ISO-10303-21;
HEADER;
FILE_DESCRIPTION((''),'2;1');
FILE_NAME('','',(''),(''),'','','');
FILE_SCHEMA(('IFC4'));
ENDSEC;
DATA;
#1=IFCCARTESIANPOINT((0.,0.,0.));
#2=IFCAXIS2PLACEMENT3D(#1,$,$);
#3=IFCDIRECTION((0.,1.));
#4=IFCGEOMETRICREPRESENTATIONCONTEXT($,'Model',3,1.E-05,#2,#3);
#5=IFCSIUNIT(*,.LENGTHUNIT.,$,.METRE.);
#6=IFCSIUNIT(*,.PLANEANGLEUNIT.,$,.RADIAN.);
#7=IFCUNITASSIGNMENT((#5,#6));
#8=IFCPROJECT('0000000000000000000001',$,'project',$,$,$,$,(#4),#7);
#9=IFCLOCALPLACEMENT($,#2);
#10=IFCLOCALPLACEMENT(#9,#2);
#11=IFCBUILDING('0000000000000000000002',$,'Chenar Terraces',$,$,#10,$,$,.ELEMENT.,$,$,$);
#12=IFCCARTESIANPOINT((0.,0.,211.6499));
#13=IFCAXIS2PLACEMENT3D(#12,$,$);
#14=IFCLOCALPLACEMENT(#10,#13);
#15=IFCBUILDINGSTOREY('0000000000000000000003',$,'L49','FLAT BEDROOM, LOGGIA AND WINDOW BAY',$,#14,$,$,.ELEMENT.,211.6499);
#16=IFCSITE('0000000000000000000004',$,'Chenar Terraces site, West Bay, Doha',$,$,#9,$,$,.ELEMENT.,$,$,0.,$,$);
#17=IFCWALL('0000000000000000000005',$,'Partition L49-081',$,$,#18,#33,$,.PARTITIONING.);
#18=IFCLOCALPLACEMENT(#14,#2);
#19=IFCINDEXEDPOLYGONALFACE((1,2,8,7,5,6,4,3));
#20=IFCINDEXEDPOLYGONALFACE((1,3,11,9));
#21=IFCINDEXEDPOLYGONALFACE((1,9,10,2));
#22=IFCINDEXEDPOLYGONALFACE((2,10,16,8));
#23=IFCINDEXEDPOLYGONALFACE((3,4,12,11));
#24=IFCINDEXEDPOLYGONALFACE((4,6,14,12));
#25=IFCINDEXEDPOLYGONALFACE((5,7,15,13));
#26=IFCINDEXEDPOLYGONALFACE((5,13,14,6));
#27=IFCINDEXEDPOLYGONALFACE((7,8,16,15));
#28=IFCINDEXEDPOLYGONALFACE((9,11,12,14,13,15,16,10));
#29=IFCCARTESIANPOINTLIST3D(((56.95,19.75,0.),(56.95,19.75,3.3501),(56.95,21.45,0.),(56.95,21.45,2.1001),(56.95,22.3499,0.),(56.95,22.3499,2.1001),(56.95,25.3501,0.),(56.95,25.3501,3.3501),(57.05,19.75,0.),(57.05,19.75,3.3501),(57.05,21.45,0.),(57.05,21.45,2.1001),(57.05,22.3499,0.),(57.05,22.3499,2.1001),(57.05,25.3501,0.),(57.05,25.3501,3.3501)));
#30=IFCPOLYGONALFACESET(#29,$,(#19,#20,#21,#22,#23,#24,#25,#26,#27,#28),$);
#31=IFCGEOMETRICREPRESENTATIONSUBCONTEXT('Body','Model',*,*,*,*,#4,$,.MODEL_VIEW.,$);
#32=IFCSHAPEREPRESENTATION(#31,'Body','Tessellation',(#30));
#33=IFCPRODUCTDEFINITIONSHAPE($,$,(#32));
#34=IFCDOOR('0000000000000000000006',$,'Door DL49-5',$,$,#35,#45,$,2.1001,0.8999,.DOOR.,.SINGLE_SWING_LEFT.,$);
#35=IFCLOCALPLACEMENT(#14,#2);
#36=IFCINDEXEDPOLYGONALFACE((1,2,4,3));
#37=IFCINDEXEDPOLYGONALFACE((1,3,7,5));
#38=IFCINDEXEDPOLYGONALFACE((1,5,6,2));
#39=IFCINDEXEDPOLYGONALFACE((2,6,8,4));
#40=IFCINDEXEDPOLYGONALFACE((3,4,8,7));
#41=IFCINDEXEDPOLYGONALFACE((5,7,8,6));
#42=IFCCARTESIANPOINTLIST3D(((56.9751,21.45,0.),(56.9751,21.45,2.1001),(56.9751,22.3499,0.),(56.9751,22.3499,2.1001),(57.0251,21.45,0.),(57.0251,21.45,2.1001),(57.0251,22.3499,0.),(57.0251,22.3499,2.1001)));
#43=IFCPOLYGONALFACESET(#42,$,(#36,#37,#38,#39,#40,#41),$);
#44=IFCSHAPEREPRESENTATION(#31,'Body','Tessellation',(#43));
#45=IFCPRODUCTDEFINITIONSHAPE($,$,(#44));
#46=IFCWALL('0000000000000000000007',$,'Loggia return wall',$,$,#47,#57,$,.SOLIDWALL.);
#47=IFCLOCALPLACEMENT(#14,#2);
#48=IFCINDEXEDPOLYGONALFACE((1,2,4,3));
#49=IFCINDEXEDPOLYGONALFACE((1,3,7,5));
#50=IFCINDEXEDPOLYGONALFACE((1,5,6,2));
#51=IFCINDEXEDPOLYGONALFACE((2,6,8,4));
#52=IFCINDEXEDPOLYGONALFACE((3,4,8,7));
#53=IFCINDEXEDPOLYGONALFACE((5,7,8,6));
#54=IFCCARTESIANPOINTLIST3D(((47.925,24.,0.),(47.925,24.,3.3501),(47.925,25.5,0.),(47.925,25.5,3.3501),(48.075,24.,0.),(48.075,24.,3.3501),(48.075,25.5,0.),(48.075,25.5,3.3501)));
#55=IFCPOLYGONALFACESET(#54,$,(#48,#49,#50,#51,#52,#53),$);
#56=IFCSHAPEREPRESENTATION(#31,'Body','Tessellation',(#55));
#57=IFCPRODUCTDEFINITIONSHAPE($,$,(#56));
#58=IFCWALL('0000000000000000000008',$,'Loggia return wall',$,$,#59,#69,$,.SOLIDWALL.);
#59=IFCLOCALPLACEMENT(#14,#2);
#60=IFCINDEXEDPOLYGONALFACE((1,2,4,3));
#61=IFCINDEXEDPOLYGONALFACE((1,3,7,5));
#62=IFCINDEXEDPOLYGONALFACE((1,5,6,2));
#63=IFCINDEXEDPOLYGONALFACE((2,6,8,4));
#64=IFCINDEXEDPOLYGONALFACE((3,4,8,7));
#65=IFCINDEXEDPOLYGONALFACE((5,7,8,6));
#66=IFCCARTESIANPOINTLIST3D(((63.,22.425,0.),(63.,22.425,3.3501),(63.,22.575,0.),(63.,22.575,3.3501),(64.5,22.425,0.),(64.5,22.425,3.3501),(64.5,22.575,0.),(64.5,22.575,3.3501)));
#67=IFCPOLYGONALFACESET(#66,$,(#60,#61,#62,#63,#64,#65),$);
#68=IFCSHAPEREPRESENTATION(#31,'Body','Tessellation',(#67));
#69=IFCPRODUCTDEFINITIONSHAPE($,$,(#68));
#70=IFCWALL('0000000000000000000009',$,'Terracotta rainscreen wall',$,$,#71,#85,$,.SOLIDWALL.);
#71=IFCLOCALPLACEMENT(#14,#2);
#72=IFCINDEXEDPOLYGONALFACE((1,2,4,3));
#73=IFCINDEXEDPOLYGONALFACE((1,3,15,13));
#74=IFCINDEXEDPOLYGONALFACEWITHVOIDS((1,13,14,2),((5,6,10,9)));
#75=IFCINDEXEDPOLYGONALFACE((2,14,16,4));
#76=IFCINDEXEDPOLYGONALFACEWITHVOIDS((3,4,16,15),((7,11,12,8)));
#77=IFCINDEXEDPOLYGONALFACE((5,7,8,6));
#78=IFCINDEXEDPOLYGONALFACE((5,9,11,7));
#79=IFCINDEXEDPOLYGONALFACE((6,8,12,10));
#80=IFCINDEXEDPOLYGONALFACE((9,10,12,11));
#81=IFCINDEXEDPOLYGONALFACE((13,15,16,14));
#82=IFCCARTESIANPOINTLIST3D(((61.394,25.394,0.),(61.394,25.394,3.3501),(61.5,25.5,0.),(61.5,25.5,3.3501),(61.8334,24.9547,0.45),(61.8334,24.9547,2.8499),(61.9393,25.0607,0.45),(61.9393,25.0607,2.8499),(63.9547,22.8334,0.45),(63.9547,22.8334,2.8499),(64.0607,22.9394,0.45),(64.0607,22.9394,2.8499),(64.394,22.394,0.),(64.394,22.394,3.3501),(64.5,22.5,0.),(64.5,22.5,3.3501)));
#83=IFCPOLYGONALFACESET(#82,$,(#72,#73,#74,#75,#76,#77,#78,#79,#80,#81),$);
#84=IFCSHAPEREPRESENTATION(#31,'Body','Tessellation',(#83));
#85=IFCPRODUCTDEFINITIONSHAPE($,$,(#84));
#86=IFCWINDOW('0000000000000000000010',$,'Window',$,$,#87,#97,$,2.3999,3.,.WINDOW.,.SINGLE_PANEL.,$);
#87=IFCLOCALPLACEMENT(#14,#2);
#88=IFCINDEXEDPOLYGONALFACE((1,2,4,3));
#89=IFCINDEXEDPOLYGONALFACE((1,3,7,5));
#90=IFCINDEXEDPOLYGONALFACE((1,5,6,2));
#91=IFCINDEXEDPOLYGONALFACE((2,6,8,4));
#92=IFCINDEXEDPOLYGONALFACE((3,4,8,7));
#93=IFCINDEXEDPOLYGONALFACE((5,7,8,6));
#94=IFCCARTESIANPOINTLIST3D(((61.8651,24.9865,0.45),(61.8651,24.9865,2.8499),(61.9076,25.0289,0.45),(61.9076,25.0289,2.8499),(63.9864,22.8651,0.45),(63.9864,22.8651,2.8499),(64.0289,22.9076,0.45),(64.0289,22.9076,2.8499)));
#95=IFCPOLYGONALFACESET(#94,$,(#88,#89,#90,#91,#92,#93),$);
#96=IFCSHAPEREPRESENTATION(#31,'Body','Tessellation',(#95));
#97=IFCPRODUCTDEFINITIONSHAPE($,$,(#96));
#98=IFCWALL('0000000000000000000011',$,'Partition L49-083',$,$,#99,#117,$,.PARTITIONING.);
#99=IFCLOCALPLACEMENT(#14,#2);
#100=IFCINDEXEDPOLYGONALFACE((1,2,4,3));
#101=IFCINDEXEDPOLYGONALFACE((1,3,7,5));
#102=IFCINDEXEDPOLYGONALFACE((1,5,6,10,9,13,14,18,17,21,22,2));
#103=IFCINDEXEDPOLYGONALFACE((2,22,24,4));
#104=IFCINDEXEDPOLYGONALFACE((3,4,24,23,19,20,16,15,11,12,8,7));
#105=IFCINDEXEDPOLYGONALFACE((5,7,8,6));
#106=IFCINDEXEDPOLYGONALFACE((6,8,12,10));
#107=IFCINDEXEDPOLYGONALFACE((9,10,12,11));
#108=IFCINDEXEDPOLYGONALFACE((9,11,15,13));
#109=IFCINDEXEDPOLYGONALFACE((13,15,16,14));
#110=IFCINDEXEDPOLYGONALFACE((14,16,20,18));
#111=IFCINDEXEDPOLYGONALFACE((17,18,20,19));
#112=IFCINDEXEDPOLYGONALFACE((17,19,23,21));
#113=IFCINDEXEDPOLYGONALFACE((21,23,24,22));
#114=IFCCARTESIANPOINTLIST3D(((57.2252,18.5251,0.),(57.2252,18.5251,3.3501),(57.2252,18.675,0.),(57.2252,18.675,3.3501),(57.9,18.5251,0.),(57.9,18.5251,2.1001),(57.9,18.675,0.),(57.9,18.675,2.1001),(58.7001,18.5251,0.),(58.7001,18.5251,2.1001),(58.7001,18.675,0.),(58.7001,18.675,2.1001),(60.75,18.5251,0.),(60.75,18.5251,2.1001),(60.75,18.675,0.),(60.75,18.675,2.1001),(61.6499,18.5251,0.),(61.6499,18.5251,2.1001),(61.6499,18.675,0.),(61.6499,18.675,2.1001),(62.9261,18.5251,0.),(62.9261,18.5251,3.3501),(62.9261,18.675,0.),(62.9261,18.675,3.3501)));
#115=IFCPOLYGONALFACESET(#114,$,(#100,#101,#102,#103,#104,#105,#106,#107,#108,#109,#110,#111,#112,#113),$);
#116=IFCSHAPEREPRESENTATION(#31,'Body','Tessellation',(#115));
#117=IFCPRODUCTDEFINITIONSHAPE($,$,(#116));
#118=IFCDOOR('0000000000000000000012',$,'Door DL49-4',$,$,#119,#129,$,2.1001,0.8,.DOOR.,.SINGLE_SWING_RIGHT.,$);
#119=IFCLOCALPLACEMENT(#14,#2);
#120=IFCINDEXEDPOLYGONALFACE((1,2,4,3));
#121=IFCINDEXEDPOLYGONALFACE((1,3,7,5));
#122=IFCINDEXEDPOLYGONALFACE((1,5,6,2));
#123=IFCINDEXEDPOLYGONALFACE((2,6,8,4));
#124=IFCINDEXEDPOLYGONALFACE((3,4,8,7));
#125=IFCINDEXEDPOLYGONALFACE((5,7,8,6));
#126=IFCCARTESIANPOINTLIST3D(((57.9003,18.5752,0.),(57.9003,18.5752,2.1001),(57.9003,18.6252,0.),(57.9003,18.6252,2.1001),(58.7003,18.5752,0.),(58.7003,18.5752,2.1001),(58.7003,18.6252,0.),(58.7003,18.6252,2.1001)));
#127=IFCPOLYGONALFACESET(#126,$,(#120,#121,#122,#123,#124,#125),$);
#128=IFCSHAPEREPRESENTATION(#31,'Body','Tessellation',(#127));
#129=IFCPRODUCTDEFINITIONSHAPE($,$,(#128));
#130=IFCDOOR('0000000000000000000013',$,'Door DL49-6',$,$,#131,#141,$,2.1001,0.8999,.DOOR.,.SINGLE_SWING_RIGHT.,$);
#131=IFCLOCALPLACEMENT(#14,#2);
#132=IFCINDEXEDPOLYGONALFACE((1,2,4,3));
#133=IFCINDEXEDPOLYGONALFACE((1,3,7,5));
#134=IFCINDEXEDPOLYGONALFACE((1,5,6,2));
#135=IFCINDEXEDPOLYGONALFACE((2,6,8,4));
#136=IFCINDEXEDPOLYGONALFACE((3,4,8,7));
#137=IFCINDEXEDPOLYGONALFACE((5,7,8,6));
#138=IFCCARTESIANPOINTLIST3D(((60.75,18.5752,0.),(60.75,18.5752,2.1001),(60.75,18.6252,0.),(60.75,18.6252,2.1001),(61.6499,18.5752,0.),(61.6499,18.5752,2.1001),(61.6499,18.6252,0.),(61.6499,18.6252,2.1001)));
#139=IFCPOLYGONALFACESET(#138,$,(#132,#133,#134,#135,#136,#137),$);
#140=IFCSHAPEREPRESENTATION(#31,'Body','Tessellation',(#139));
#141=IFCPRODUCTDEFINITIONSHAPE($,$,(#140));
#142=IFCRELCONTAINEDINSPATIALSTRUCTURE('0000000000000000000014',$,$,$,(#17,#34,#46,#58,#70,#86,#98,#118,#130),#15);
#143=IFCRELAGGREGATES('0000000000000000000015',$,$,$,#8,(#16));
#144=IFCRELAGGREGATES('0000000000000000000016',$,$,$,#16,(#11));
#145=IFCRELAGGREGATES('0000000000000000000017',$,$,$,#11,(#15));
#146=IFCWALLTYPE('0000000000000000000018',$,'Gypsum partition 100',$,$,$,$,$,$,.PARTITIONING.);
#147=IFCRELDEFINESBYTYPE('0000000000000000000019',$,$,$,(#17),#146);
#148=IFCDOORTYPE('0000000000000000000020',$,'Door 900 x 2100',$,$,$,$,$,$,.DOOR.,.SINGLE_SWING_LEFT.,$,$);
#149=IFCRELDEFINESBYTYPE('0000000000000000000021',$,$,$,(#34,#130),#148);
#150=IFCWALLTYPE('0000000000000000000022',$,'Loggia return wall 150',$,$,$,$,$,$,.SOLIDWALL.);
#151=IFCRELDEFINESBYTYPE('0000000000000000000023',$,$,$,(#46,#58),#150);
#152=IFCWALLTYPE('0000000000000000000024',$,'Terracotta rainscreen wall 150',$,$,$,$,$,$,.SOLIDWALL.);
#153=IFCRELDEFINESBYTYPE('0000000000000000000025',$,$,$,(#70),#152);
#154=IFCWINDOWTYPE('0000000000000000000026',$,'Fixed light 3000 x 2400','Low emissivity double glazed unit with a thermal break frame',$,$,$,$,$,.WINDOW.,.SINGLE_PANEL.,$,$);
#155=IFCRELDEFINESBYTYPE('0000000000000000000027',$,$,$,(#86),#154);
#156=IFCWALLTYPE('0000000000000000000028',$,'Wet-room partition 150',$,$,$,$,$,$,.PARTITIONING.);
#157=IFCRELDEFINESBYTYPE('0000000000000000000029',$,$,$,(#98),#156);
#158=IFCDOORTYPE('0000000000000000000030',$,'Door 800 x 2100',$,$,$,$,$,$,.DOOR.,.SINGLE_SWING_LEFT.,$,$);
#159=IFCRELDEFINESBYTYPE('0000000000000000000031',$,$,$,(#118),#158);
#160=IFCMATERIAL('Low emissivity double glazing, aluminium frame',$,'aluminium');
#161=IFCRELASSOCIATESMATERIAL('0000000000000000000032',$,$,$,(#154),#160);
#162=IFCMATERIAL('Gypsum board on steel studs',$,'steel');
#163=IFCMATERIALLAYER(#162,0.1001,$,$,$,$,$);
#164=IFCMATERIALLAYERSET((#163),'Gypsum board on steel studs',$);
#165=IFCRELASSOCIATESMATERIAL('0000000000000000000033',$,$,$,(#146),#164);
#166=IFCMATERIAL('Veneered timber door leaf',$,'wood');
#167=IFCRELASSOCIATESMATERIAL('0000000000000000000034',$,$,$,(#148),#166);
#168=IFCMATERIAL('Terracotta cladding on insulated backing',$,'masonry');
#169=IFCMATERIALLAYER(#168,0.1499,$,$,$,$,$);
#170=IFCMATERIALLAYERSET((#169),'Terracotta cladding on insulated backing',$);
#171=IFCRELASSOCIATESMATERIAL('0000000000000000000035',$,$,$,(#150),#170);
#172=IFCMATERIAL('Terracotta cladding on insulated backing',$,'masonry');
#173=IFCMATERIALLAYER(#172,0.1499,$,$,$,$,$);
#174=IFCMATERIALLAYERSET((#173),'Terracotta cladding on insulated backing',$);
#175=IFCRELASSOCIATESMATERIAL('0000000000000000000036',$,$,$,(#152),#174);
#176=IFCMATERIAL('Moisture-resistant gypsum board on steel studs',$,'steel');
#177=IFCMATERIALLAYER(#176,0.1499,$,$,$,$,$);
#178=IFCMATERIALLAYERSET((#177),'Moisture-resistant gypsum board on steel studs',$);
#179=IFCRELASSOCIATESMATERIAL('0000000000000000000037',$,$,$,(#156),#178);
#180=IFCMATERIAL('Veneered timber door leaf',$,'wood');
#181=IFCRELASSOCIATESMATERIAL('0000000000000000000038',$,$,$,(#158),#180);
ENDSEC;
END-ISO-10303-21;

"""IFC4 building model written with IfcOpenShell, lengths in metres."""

from ifc_helpers import new_model, si_unit, direction, frame, frame_2d, origin, place, context, subcontext, project, spatial, rectangle, extrude, material, layer, layer_set, type_object, element, fill, save


model = new_model("IFC4")

# Units and contexts
model_context = context("Model", 3, precision=1e-05, world=origin(), true_north=direction((0.0, 1.0)))
body_context = subcontext(model_context, "Body", "Model", "MODEL_VIEW")
ifc_project = project(units=[si_unit("LENGTHUNIT", "METRE"), si_unit("PLANEANGLEUNIT", "RADIAN")], contexts=[model_context])

# Site, building, storey
site_placement = place(None, origin())
site = spatial("IfcSite", under=ifc_project, at=site_placement, Name="Chenar Terraces site, West Bay, Doha", CompositionType="ELEMENT", RefElevation=0.0)
building_placement = place(site_placement, origin())
building = spatial("IfcBuilding", under=site, at=building_placement, Name="Chenar Terraces", CompositionType="ELEMENT")
storey_placement = place(building_placement, frame((0.0, 0.0, 211.6499)))
storey = spatial("IfcBuildingStorey", under=building, at=storey_placement, Name="L49", Description="FLAT BEDROOM, LOGGIA AND WINDOW BAY", CompositionType="ELEMENT", Elevation=211.6499)

# Shared definitions
ifc_material_1 = material(Name="Low emissivity double glazing, aluminium frame", Category="aluminium")
window_type_1 = type_object("IfcWindowType", Name="Fixed light 3000 x 2400", Description="Low emissivity double glazed unit with a thermal break frame", PartitioningType="SINGLE_PANEL", PredefinedType="WINDOW", material=ifc_material_1)

# Shared definitions
ifc_material_2 = material(Name="Gypsum board on steel studs", Category="steel")
ifc_layer_1 = layer(ifc_material_2, 0.1001)
ifc_layer_set_1 = layer_set([ifc_layer_1], Name="Gypsum board on steel studs")
wall_type_1 = type_object("IfcWallType", Name="Gypsum partition 100", PredefinedType="PARTITIONING", material=ifc_layer_set_1)

# Wall, opening, door
wall_1_placement = place(storey_placement, frame((57.0, 19.75, 0.0), z_axis=(0.0, 0.0, 1.0), x_axis=(0.0, 1.0, 0.0)))
wall_1 = element("IfcWall", 1, at=wall_1_placement, inside=storey, type_object=wall_type_1, Name="Partition L49-081", PredefinedType="PARTITIONING", context=body_context, shape_type="SweptSolid", body=[
    extrude(rectangle(XDim=5.6001, YDim=0.1001, at=frame_2d((2.8, 0.0))), origin(), (0.0, 0.0, 1.0), 3.3501),
])
opening_1_placement = place(wall_1_placement, frame((1.7, 0.0, 0.0)))
opening_1 = element("IfcOpeningElement", 2, at=opening_1_placement, cuts=wall_1, PredefinedType="OPENING", context=body_context, shape_type="SweptSolid", body=[
    extrude(rectangle(XDim=0.8999, YDim=2.1001, at=frame_2d((0.45, 1.05))), frame((0.0, 0.0601, 0.0), z_axis=(0.0, -1.0, 0.0), x_axis=(1.0, 0.0, 0.0)), (0.0, 0.0, 1.0), 0.1201),
])
ifc_material_3 = material(Name="Veneered timber door leaf", Category="wood")
door_type_1 = type_object("IfcDoorType", Name="Door 900 x 2100", OperationType="SINGLE_SWING_LEFT", PredefinedType="DOOR", material=ifc_material_3)
door_1_placement = place(opening_1_placement, origin())
door_1 = element("IfcDoor", 3, at=door_1_placement, inside=storey, type_object=door_type_1, Name="Door DL49-5", OperationType="SINGLE_SWING_LEFT", OverallHeight=2.1001, OverallWidth=0.8999, PredefinedType="DOOR", context=body_context, shape_type="SweptSolid", body=[
    extrude(rectangle(XDim=0.8999, YDim=2.1001, at=frame_2d((0.45, 1.05))), frame((0.0, 0.0249, 0.0), z_axis=(0.0, -1.0, 0.0), x_axis=(1.0, 0.0, 0.0)), (0.0, 0.0, 1.0), 0.05),
])
fill(opening_1, door_1)

# Walls
ifc_material_4 = material(Name="Terracotta cladding on insulated backing", Category="masonry")
ifc_layer_2 = layer(ifc_material_4, 0.1499)
ifc_layer_set_2 = layer_set([ifc_layer_2], Name="Terracotta cladding on insulated backing")
wall_type_2 = type_object("IfcWallType", Name="Loggia return wall 150", PredefinedType="SOLIDWALL", material=ifc_layer_set_2)
for number, where, z_axis, x_axis, name in (
    (4, (48.0, 25.5, 0.0), (0.0, 0.0, 1.0), (0.0, -1.0, 0.0), "Loggia return wall"),
    (5, (64.5, 22.5, 0.0), (0.0, 0.0, 1.0), (-1.0, 0.0, 0.0), "Loggia return wall"),
):
    element("IfcWall", number, at=place(storey_placement, frame(where, z_axis=z_axis, x_axis=x_axis)), inside=storey, type_object=wall_type_2, Name=name, PredefinedType="SOLIDWALL", context=body_context, shape_type="SweptSolid", body=[
        extrude(rectangle(XDim=1.5, YDim=0.1499, at=frame_2d((0.75, 0.0))), origin(), (0.0, 0.0, 1.0), 3.3501),
    ])

# Wall, opening, window
ifc_material_5 = material(Name="Terracotta cladding on insulated backing", Category="masonry")
ifc_layer_3 = layer(ifc_material_5, 0.1499)
ifc_layer_set_3 = layer_set([ifc_layer_3], Name="Terracotta cladding on insulated backing")
wall_type_3 = type_object("IfcWallType", Name="Terracotta rainscreen wall 150", PredefinedType="SOLIDWALL", material=ifc_layer_set_3)
wall_2_placement = place(storey_placement, frame((64.447, 22.447, 0.0), z_axis=(0.0, 0.0, 1.0), x_axis=(-0.707107, 0.707107, 0.0)))
wall_2 = element("IfcWall", 6, at=wall_2_placement, inside=storey, type_object=wall_type_3, Name="Terracotta rainscreen wall", PredefinedType="SOLIDWALL", context=body_context, shape_type="SweptSolid", body=[
    extrude(rectangle(XDim=4.2427, YDim=0.1499, at=frame_2d((2.1213, 0.0))), origin(), (0.0, 0.0, 1.0), 3.3501),
])
opening_2_placement = place(wall_2_placement, frame((0.6213, 0.0, 0.45)))
opening_2 = element("IfcOpeningElement", 7, at=opening_2_placement, cuts=wall_2, PredefinedType="OPENING", context=body_context, shape_type="SweptSolid", body=[
    extrude(rectangle(XDim=3.0, YDim=2.3999, at=frame_2d((1.5, 1.2))), frame((0.0, 0.085, 0.0), z_axis=(0.0, -1.0, 0.0), x_axis=(1.0, 0.0, 0.0)), (0.0, 0.0, 1.0), 0.1699),
])
window_1_placement = place(opening_2_placement, origin())
window_1 = element("IfcWindow", 8, at=window_1_placement, inside=storey, type_object=window_type_1, Name="Window", OverallHeight=2.3999, OverallWidth=3.0, PartitioningType="SINGLE_PANEL", PredefinedType="WINDOW", context=body_context, shape_type="SweptSolid", body=[
    extrude(rectangle(XDim=3.0, YDim=2.3999, at=frame_2d((1.5, 1.2))), frame((0.0, 0.03, 0.0), z_axis=(0.0, -1.0, 0.0), x_axis=(1.0, 0.0, 0.0)), (0.0, 0.0, 1.0), 0.0601),
])
fill(opening_2, window_1)

# Wall, openings, doors
ifc_material_6 = material(Name="Moisture-resistant gypsum board on steel studs", Category="steel")
ifc_layer_4 = layer(ifc_material_6, 0.1499)
ifc_layer_set_4 = layer_set([ifc_layer_4], Name="Moisture-resistant gypsum board on steel studs")
wall_type_4 = type_object("IfcWallType", Name="Wet-room partition 150", PredefinedType="PARTITIONING", material=ifc_layer_set_4)
wall_3_placement = place(storey_placement, frame((57.2251, 18.6001, 0.0), z_axis=(0.0, 0.0, 1.0), x_axis=(1.0, 0.0, 0.0)))
wall_3 = element("IfcWall", 9, at=wall_3_placement, inside=storey, type_object=wall_type_4, Name="Partition L49-083", PredefinedType="PARTITIONING", context=body_context, shape_type="SweptSolid", body=[
    extrude(rectangle(XDim=5.7009, YDim=0.1499, at=frame_2d((2.8506, 0.0))), origin(), (0.0, 0.0, 1.0), 3.3501),
])
opening_3_placement = place(wall_3_placement, frame((0.675, 0.0, 0.0)))
opening_3 = element("IfcOpeningElement", 10, at=opening_3_placement, cuts=wall_3, PredefinedType="OPENING", context=body_context, shape_type="SweptSolid", body=[
    extrude(rectangle(XDim=0.8, YDim=2.1001, at=frame_2d((0.3999, 1.05))), frame((0.0, 0.085, 0.0), z_axis=(0.0, -1.0, 0.0), x_axis=(1.0, 0.0, 0.0)), (0.0, 0.0, 1.0), 0.1699),
])
opening_4_placement = place(wall_3_placement, frame((3.5249, 0.0, 0.0)))
opening_4 = element("IfcOpeningElement", 11, at=opening_4_placement, cuts=wall_3, PredefinedType="OPENING", context=body_context, shape_type="SweptSolid", body=[
    extrude(rectangle(XDim=0.8999, YDim=2.1001, at=frame_2d((0.45, 1.05))), frame((0.0, 0.085, 0.0), z_axis=(0.0, -1.0, 0.0), x_axis=(1.0, 0.0, 0.0)), (0.0, 0.0, 1.0), 0.1699),
])
ifc_material_7 = material(Name="Veneered timber door leaf", Category="wood")
door_type_2 = type_object("IfcDoorType", Name="Door 800 x 2100", OperationType="SINGLE_SWING_LEFT", PredefinedType="DOOR", material=ifc_material_7)
door_2_placement = place(opening_3_placement, frame((0.8, 0.0, 0.0), z_axis=(0.0, 0.0, 1.0), x_axis=(-1.0, 0.0, 0.0)))
door_2 = element("IfcDoor", 12, at=door_2_placement, inside=storey, type_object=door_type_2, Name="Door DL49-4", OperationType="SINGLE_SWING_RIGHT", OverallHeight=2.1001, OverallWidth=0.8, PredefinedType="DOOR", context=body_context, shape_type="SweptSolid", body=[
    extrude(rectangle(XDim=0.8, YDim=2.1001, at=frame_2d((0.3999, 1.05))), frame((0.0, 0.0249, 0.0), z_axis=(0.0, -1.0, 0.0), x_axis=(1.0, 0.0, 0.0)), (0.0, 0.0, 1.0), 0.05),
])
fill(opening_3, door_2)
door_3_placement = place(opening_4_placement, frame((0.8999, 0.0, 0.0), z_axis=(0.0, 0.0, 1.0), x_axis=(-1.0, 0.0, 0.0)))
door_3 = element("IfcDoor", 13, at=door_3_placement, inside=storey, type_object=door_type_1, Name="Door DL49-6", OperationType="SINGLE_SWING_RIGHT", OverallHeight=2.1001, OverallWidth=0.8999, PredefinedType="DOOR", context=body_context, shape_type="SweptSolid", body=[
    extrude(rectangle(XDim=0.8999, YDim=2.1001, at=frame_2d((0.45, 1.05))), frame((0.0, 0.0249, 0.0), z_axis=(0.0, -1.0, 0.0), x_axis=(1.0, 0.0, 0.0)), (0.0, 0.0, 1.0), 0.05),
])
fill(opening_4, door_3)

save(model, "model.ifc")
